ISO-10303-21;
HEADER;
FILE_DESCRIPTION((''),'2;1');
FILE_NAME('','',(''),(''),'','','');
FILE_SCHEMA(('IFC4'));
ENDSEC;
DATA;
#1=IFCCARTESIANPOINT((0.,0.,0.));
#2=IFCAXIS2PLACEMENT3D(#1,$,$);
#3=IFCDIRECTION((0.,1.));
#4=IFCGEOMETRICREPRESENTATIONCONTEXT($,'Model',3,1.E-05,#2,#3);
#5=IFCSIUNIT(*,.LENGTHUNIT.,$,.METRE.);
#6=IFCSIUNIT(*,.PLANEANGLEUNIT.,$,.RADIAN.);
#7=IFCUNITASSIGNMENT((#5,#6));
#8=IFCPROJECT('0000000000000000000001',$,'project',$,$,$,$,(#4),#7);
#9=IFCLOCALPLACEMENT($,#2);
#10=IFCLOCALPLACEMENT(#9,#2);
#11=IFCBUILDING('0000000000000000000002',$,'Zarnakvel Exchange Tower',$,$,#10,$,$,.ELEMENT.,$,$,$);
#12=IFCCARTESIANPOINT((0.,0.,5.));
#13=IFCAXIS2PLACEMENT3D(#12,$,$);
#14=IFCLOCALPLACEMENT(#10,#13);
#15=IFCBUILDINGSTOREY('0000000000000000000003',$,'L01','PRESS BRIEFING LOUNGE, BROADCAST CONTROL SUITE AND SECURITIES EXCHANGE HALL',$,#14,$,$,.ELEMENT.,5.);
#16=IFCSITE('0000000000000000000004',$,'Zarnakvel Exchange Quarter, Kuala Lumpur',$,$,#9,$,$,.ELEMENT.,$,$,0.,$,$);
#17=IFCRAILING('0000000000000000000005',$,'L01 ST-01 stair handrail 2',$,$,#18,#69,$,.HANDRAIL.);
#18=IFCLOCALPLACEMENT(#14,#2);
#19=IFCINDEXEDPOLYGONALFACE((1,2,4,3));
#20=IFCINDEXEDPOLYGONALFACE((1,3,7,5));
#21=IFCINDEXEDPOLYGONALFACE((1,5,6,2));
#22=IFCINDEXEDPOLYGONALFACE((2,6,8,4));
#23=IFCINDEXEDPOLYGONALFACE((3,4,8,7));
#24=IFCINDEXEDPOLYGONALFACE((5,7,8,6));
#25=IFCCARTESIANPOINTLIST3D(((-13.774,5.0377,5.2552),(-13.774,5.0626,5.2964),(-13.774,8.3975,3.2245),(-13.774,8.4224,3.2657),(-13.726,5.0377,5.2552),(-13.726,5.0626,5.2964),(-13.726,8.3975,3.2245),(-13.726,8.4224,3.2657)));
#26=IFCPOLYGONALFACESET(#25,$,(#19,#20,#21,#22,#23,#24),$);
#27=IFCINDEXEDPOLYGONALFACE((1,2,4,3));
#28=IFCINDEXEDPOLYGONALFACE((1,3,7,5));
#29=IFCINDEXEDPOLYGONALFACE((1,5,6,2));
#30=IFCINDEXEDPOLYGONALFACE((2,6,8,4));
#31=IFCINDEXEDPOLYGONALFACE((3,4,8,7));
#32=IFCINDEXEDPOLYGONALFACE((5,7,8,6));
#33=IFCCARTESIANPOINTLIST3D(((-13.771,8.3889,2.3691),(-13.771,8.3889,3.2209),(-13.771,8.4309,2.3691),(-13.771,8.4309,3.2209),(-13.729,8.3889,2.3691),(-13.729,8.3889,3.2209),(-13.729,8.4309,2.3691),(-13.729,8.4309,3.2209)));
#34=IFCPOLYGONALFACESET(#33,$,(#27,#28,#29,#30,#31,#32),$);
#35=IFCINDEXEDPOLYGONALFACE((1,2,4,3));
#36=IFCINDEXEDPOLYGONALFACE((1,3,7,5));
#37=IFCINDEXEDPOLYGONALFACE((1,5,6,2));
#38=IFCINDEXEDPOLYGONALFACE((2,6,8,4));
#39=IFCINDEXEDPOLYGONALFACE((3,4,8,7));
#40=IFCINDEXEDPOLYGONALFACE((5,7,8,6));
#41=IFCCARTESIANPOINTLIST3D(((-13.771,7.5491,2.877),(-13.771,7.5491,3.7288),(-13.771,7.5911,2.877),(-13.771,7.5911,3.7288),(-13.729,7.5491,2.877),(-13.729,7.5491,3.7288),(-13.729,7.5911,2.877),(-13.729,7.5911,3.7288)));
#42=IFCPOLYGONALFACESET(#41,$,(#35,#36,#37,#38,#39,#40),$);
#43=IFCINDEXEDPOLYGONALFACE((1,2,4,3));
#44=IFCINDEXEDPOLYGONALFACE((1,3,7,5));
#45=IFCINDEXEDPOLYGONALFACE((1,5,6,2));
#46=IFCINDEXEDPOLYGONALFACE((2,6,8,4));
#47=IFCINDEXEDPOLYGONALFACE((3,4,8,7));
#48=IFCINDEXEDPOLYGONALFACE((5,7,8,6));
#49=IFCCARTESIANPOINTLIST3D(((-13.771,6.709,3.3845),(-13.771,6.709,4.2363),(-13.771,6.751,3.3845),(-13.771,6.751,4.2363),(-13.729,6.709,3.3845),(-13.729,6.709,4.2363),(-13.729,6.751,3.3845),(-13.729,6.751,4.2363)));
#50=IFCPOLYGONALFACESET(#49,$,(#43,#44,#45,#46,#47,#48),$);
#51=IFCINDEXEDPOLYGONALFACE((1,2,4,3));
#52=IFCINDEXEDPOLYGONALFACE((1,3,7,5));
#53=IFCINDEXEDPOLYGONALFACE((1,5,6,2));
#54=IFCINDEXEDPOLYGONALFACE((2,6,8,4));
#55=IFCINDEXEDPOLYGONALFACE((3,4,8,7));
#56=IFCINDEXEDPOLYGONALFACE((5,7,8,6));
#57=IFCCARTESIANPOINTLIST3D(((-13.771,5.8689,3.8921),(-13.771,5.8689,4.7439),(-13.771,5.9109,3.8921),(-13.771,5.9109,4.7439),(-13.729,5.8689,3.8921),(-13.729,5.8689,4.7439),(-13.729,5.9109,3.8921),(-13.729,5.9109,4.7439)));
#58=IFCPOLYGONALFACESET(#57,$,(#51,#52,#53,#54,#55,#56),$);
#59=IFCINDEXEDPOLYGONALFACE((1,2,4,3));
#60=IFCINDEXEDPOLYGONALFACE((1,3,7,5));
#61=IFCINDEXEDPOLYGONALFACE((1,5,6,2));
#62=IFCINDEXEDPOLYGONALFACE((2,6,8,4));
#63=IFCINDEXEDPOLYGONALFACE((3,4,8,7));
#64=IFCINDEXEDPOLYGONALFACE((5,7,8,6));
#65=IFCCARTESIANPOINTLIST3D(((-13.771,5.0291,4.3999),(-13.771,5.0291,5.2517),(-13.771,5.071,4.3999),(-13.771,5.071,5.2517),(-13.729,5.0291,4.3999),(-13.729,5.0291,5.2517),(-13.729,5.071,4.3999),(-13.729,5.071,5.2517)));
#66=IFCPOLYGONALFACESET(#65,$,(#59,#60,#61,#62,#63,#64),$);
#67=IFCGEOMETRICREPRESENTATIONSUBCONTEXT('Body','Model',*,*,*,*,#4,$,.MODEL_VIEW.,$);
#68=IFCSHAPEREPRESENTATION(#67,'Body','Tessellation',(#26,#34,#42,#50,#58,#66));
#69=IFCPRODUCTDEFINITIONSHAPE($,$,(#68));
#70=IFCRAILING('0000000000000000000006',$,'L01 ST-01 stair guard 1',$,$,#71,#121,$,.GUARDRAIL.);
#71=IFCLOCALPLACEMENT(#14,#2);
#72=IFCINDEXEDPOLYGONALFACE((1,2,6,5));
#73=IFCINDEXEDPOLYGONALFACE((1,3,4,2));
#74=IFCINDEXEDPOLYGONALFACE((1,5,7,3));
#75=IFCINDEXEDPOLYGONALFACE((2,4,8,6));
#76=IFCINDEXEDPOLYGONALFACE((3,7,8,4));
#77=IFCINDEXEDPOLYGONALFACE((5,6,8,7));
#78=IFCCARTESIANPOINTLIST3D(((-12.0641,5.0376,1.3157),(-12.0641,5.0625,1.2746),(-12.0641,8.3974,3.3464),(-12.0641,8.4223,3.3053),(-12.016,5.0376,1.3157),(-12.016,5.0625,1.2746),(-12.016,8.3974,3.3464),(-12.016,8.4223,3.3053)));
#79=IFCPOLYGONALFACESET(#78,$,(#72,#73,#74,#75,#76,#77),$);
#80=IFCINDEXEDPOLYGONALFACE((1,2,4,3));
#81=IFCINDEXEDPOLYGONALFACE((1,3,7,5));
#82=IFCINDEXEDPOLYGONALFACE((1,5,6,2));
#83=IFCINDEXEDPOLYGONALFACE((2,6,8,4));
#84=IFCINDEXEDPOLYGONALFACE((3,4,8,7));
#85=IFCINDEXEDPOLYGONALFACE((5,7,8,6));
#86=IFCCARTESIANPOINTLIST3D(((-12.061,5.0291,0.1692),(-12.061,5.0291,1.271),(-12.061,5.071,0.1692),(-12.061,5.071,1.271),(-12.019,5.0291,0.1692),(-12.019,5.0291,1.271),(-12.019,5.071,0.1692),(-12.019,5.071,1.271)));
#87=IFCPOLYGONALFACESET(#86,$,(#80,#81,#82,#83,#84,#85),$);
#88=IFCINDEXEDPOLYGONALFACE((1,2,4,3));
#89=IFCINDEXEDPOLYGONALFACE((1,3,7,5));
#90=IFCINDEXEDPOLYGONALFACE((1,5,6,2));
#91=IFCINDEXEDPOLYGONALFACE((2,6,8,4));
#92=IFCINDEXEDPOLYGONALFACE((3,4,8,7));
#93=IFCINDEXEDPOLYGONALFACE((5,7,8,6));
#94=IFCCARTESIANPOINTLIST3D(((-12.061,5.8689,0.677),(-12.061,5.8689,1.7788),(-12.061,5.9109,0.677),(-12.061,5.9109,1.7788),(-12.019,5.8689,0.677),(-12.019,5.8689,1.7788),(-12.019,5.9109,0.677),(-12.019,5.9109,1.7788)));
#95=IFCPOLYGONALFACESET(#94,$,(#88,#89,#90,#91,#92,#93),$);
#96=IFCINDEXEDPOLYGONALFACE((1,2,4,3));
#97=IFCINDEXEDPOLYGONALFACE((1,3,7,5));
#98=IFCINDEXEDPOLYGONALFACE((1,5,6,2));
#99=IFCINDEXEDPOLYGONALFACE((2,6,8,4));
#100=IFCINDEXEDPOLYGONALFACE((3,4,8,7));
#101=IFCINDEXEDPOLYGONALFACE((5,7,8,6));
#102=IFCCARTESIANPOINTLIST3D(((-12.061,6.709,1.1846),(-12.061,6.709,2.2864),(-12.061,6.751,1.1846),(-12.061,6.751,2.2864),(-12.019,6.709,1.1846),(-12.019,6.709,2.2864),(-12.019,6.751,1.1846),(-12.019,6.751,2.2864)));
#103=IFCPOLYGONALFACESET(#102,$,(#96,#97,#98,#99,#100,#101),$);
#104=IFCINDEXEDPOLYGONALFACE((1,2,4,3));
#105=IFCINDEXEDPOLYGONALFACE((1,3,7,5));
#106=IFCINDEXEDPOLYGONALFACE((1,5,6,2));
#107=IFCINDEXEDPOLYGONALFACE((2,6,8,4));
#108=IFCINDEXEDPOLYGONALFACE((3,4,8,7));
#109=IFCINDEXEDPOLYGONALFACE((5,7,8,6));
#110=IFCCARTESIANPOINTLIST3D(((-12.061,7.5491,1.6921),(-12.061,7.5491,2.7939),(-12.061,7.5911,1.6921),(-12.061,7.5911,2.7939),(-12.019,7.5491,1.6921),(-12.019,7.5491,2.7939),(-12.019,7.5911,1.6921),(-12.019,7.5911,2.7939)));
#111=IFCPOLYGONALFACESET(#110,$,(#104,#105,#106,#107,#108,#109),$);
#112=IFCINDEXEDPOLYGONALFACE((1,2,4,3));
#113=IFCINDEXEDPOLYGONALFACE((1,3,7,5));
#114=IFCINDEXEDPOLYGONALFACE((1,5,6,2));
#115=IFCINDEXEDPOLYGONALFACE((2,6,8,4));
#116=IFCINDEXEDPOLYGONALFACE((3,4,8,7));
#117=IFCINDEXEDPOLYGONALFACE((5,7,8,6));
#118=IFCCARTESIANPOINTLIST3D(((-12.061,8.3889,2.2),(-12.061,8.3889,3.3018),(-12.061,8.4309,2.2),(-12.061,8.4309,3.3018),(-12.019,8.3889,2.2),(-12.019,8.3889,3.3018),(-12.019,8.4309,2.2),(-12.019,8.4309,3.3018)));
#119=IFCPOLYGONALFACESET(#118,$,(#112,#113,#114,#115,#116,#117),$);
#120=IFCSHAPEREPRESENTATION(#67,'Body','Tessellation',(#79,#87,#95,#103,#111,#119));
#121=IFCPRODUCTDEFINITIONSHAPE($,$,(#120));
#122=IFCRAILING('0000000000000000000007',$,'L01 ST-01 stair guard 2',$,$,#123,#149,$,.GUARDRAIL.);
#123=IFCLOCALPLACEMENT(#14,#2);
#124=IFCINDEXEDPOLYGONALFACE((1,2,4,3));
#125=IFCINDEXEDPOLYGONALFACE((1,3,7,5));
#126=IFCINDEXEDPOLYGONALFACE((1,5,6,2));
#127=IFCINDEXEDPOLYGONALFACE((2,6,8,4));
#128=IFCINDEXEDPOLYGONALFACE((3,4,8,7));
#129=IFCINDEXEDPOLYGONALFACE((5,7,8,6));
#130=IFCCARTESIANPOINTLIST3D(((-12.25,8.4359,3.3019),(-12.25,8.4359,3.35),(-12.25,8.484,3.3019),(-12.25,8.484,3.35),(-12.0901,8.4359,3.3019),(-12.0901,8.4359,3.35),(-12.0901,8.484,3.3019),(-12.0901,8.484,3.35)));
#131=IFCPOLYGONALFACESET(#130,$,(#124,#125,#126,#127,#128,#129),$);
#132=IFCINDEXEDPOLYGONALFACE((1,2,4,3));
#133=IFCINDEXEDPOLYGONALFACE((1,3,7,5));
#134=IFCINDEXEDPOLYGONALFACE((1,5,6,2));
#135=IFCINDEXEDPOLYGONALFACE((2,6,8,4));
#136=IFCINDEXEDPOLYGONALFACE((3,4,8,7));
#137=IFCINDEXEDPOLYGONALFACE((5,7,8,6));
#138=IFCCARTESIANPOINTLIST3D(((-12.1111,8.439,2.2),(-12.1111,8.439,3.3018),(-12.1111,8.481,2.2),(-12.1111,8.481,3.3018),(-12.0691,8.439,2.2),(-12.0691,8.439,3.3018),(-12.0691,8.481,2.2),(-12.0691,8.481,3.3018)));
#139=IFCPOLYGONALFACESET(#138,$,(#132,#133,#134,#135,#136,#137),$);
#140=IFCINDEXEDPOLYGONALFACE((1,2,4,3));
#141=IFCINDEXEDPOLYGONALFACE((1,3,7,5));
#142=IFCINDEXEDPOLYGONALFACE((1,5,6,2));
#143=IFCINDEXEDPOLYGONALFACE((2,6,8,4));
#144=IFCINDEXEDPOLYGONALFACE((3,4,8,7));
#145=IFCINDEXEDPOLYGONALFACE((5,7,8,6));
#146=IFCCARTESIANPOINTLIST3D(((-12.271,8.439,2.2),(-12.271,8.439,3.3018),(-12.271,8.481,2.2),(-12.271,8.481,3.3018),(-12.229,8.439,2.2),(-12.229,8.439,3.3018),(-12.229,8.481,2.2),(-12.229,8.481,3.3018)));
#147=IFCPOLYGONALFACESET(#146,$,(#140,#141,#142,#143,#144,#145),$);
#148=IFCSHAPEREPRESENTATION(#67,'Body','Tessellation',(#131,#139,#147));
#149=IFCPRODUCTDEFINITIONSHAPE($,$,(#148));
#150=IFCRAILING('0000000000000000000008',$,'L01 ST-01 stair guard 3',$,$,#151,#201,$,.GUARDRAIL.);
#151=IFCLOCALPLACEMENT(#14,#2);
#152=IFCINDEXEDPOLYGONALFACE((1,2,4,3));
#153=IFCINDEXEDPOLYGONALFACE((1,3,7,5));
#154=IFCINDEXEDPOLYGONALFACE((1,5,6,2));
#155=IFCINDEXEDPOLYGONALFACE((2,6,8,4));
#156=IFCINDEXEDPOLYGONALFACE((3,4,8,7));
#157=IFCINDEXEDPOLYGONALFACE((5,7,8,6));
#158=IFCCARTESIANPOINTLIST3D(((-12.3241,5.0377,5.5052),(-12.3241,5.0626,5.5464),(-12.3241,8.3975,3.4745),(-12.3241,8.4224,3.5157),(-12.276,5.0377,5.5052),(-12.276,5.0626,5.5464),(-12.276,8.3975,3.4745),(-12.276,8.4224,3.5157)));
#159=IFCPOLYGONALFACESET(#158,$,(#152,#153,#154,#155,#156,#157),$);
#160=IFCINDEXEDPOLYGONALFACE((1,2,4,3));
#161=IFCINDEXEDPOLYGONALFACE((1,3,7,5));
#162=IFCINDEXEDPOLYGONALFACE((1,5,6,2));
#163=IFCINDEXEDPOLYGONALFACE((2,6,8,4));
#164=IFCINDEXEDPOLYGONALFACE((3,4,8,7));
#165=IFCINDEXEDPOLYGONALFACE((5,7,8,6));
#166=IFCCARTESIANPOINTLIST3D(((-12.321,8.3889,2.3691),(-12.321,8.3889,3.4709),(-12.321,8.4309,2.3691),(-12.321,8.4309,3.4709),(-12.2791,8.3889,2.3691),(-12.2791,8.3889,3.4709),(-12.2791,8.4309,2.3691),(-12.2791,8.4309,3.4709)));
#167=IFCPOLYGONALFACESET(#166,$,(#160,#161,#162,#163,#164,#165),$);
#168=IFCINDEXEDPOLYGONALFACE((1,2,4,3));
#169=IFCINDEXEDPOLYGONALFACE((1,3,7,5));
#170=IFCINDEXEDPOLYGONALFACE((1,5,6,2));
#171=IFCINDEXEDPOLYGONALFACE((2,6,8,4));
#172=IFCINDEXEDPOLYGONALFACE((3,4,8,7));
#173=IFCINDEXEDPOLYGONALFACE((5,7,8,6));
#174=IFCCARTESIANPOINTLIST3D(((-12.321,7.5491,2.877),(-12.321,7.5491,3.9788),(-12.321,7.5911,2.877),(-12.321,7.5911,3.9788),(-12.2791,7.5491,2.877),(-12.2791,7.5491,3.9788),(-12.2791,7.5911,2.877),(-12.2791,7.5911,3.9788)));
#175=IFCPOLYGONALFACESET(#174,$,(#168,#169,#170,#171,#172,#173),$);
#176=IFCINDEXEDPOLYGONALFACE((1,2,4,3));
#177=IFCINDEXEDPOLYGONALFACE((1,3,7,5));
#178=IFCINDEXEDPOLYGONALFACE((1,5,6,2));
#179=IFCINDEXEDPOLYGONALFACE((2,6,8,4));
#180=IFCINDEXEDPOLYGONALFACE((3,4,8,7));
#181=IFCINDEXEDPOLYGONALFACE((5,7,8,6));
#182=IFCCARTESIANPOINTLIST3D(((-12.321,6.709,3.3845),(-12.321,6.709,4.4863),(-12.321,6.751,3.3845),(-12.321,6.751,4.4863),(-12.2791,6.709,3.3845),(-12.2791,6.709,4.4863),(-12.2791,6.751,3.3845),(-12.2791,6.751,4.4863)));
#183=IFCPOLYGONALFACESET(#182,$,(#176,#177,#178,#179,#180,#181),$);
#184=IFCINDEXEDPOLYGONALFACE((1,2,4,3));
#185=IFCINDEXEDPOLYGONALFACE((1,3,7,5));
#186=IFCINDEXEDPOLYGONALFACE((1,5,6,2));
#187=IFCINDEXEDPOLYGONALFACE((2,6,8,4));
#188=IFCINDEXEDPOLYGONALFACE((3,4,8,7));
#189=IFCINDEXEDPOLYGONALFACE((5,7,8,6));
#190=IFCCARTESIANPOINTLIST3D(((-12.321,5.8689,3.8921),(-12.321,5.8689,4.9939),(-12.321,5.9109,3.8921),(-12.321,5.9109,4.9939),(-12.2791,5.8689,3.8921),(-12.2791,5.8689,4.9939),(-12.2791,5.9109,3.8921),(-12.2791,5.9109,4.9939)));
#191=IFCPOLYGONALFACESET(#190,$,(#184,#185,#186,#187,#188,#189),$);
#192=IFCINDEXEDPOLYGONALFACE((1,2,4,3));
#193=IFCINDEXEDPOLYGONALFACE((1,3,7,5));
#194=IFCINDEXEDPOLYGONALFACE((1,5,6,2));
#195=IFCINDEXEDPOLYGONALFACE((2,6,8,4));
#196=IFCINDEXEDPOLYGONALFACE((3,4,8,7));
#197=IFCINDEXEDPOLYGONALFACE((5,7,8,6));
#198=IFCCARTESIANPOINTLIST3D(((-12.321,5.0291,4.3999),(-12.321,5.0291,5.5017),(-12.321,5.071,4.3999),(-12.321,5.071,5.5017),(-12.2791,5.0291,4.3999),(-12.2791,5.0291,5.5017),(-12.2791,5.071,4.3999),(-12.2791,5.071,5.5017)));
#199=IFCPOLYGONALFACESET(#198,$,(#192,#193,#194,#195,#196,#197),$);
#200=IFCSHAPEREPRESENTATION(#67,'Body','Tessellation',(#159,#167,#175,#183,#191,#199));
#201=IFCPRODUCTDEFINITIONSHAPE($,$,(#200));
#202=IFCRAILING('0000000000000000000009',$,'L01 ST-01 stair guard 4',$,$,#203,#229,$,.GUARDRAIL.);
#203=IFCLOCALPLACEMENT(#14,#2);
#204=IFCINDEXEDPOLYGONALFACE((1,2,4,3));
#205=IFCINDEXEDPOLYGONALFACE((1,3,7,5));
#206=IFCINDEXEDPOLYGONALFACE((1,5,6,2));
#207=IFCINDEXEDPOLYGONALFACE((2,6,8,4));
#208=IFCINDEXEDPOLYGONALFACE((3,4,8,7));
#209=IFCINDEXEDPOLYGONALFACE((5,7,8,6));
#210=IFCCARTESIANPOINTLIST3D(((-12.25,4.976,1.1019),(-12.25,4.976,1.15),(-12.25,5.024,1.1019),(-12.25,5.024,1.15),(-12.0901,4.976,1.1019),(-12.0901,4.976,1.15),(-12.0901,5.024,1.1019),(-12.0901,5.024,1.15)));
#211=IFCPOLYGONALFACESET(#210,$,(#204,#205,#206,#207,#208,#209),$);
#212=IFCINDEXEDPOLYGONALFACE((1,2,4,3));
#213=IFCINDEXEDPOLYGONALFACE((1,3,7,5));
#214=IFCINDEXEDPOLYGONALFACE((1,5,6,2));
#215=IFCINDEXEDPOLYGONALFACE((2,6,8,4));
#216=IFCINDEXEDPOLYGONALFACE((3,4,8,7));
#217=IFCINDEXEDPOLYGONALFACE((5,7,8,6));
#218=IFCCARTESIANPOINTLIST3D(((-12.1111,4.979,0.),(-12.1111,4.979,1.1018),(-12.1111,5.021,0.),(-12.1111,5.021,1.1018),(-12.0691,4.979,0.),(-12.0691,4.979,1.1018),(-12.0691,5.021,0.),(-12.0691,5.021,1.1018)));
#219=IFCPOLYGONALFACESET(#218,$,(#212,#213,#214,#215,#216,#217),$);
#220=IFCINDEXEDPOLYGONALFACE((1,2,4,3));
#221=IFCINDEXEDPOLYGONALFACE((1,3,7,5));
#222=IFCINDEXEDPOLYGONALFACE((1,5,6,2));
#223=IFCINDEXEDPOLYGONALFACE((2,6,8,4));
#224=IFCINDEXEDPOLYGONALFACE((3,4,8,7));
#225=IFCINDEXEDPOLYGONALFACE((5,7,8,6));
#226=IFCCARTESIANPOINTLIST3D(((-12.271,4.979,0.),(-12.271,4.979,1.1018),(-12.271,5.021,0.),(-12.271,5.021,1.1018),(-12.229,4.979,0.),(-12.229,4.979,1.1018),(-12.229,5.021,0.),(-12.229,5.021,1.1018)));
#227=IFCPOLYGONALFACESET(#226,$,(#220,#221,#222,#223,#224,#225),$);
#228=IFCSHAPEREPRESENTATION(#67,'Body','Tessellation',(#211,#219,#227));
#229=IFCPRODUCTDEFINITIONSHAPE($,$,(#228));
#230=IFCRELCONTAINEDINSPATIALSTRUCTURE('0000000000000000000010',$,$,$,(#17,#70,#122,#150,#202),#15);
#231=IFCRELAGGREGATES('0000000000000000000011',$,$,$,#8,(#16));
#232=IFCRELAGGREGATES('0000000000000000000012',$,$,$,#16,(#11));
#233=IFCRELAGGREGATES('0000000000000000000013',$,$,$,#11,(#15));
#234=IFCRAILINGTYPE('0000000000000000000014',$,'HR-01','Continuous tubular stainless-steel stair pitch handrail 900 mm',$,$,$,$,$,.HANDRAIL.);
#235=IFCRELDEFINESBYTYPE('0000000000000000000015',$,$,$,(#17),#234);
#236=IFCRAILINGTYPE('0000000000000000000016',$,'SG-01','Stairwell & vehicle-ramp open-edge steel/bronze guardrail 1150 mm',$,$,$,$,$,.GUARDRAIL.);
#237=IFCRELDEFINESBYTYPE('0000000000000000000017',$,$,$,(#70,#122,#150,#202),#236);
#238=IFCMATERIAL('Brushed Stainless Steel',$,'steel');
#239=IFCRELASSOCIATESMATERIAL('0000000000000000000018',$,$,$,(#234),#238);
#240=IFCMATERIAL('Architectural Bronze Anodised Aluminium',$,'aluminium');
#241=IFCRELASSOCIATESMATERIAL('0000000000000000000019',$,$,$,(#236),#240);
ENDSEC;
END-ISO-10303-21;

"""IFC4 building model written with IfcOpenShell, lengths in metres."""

from ifc_helpers import new_model, si_unit, direction, frame, origin, origin_2d, place, context, subcontext, project, spatial, rectangle, extrude, material, type_object, element, save


model = new_model("IFC4")

# Units and contexts
model_context = context("Model", 3, precision=1e-05, world=origin(), true_north=direction((0.0, 1.0)))
body_context = subcontext(model_context, "Body", "Model", "MODEL_VIEW")
ifc_project = project(units=[si_unit("LENGTHUNIT", "METRE"), si_unit("PLANEANGLEUNIT", "RADIAN")], contexts=[model_context])

# Site, building, storey
site_placement = place(None, origin())
site = spatial("IfcSite", under=ifc_project, at=site_placement, Name="Zarnakvel Exchange Quarter, Kuala Lumpur", CompositionType="ELEMENT", RefElevation=0.0)
building_placement = place(site_placement, origin())
building = spatial("IfcBuilding", under=site, at=building_placement, Name="Zarnakvel Exchange Tower", CompositionType="ELEMENT")
storey_placement = place(building_placement, frame((0.0, 0.0, 5.0)))
storey = spatial("IfcBuildingStorey", under=building, at=storey_placement, Name="L01", Description="PRESS BRIEFING LOUNGE, BROADCAST CONTROL SUITE AND SECURITIES EXCHANGE HALL", CompositionType="ELEMENT", Elevation=5.0)

# Railings
ifc_material_1 = material(Name="Brushed Stainless Steel", Category="steel")
railing_type_1 = type_object("IfcRailingType", Name="HR-01", Description="Continuous tubular stainless-steel stair pitch handrail 900 mm", PredefinedType="HANDRAIL", material=ifc_material_1)
railing_1_placement = place(storey_placement, frame((-13.75, 8.4099, 2.3691)))
element("IfcRailing", 1, at=railing_1_placement, inside=storey, type_object=railing_type_1, Name="L01 ST-01 stair handrail 2", PredefinedType="HANDRAIL", context=body_context, shape_type="SweptSolid", body=[
    extrude(rectangle(XDim=0.0481, YDim=0.0481, at=origin_2d()), frame((0.0, 0.0, 0.876), z_axis=(0.0, -0.85582, 0.517273), x_axis=(1.0, 0.0, 0.0)), (0.0, 0.0, 1.0), 3.9258),
    extrude(rectangle(XDim=0.042, YDim=0.042, at=origin_2d()), origin(), (0.0, 0.0, 1.0), 0.8518),
    extrude(rectangle(XDim=0.042, YDim=0.042, at=origin_2d()), frame((0.0, -0.8398, 0.5078)), (0.0, 0.0, 1.0), 0.8518),
    extrude(rectangle(XDim=0.042, YDim=0.042, at=origin_2d()), frame((0.0, -1.6799, 1.0154)), (0.0, 0.0, 1.0), 0.8518),
    extrude(rectangle(XDim=0.042, YDim=0.042, at=origin_2d()), frame((0.0, -2.52, 1.5229)), (0.0, 0.0, 1.0), 0.8518),
    extrude(rectangle(XDim=0.042, YDim=0.042, at=origin_2d()), frame((0.0, -3.3599, 2.0308)), (0.0, 0.0, 1.0), 0.8518),
])
ifc_material_2 = material(Name="Architectural Bronze Anodised Aluminium", Category="aluminium")
railing_type_2 = type_object("IfcRailingType", Name="SG-01", Description="Stairwell & vehicle-ramp open-edge steel/bronze guardrail 1150 mm", PredefinedType="GUARDRAIL", material=ifc_material_2)
railing_2_placement = place(storey_placement, frame((-12.04, 5.05, 0.1692)))
element("IfcRailing", 2, at=railing_2_placement, inside=storey, type_object=railing_type_2, Name="L01 ST-01 stair guard 1", PredefinedType="GUARDRAIL", context=body_context, shape_type="SweptSolid", body=[
    extrude(rectangle(XDim=0.0481, YDim=0.0481, at=origin_2d()), frame((0.0, 0.0, 1.126), z_axis=(0.0, 0.85582, 0.517273), x_axis=(-1.0, 0.0, 0.0)), (0.0, 0.0, 1.0), 3.9258),
    extrude(rectangle(XDim=0.042, YDim=0.042, at=origin_2d()), origin(), (0.0, 0.0, 1.0), 1.1018),
    extrude(rectangle(XDim=0.042, YDim=0.042, at=origin_2d()), frame((0.0, 0.8398, 0.5078)), (0.0, 0.0, 1.0), 1.1018),
    extrude(rectangle(XDim=0.042, YDim=0.042, at=origin_2d()), frame((0.0, 1.6799, 1.0154)), (0.0, 0.0, 1.0), 1.1018),
    extrude(rectangle(XDim=0.042, YDim=0.042, at=origin_2d()), frame((0.0, 2.52, 1.5229)), (0.0, 0.0, 1.0), 1.1018),
    extrude(rectangle(XDim=0.042, YDim=0.042, at=origin_2d()), frame((0.0, 3.3599, 2.0308)), (0.0, 0.0, 1.0), 1.1018),
])
railing_3_placement = place(storey_placement, frame((-12.0901, 8.46, 2.2)))
element("IfcRailing", 3, at=railing_3_placement, inside=storey, type_object=railing_type_2, Name="L01 ST-01 stair guard 2", PredefinedType="GUARDRAIL", context=body_context, shape_type="SweptSolid", body=[
    extrude(rectangle(XDim=0.0481, YDim=0.0481, at=origin_2d()), frame((0.0, 0.0, 1.126), z_axis=(-1.0, 0.0, 0.0), x_axis=(0.0, -1.0, 0.0)), (0.0, 0.0, 1.0), 0.1599),
    extrude(rectangle(XDim=0.042, YDim=0.042, at=origin_2d()), origin(), (0.0, 0.0, 1.0), 1.1018),
    extrude(rectangle(XDim=0.042, YDim=0.042, at=origin_2d()), frame((-0.1599, 0.0, 0.0)), (0.0, 0.0, 1.0), 1.1018),
])
railing_4_placement = place(storey_placement, frame((-12.3, 8.4099, 2.3691)))
element("IfcRailing", 4, at=railing_4_placement, inside=storey, type_object=railing_type_2, Name="L01 ST-01 stair guard 3", PredefinedType="GUARDRAIL", context=body_context, shape_type="SweptSolid", body=[
    extrude(rectangle(XDim=0.0481, YDim=0.0481, at=origin_2d()), frame((0.0, 0.0, 1.126), z_axis=(0.0, -0.85582, 0.517273), x_axis=(1.0, 0.0, 0.0)), (0.0, 0.0, 1.0), 3.9258),
    extrude(rectangle(XDim=0.042, YDim=0.042, at=origin_2d()), origin(), (0.0, 0.0, 1.0), 1.1018),
    extrude(rectangle(XDim=0.042, YDim=0.042, at=origin_2d()), frame((0.0, -0.8398, 0.5078)), (0.0, 0.0, 1.0), 1.1018),
    extrude(rectangle(XDim=0.042, YDim=0.042, at=origin_2d()), frame((0.0, -1.6799, 1.0154)), (0.0, 0.0, 1.0), 1.1018),
    extrude(rectangle(XDim=0.042, YDim=0.042, at=origin_2d()), frame((0.0, -2.52, 1.5229)), (0.0, 0.0, 1.0), 1.1018),
    extrude(rectangle(XDim=0.042, YDim=0.042, at=origin_2d()), frame((0.0, -3.3599, 2.0308)), (0.0, 0.0, 1.0), 1.1018),
])
railing_5_placement = place(storey_placement, frame((-12.0901, 5.0, 0.0)))
element("IfcRailing", 5, at=railing_5_placement, inside=storey, type_object=railing_type_2, Name="L01 ST-01 stair guard 4", PredefinedType="GUARDRAIL", context=body_context, shape_type="SweptSolid", body=[
    extrude(rectangle(XDim=0.0481, YDim=0.0481, at=origin_2d()), frame((0.0, 0.0, 1.126), z_axis=(-1.0, 0.0, 0.0), x_axis=(0.0, -1.0, 0.0)), (0.0, 0.0, 1.0), 0.1599),
    extrude(rectangle(XDim=0.042, YDim=0.042, at=origin_2d()), origin(), (0.0, 0.0, 1.0), 1.1018),
    extrude(rectangle(XDim=0.042, YDim=0.042, at=origin_2d()), frame((-0.1599, 0.0, 0.0)), (0.0, 0.0, 1.0), 1.1018),
])

save(model, "model.ifc")
